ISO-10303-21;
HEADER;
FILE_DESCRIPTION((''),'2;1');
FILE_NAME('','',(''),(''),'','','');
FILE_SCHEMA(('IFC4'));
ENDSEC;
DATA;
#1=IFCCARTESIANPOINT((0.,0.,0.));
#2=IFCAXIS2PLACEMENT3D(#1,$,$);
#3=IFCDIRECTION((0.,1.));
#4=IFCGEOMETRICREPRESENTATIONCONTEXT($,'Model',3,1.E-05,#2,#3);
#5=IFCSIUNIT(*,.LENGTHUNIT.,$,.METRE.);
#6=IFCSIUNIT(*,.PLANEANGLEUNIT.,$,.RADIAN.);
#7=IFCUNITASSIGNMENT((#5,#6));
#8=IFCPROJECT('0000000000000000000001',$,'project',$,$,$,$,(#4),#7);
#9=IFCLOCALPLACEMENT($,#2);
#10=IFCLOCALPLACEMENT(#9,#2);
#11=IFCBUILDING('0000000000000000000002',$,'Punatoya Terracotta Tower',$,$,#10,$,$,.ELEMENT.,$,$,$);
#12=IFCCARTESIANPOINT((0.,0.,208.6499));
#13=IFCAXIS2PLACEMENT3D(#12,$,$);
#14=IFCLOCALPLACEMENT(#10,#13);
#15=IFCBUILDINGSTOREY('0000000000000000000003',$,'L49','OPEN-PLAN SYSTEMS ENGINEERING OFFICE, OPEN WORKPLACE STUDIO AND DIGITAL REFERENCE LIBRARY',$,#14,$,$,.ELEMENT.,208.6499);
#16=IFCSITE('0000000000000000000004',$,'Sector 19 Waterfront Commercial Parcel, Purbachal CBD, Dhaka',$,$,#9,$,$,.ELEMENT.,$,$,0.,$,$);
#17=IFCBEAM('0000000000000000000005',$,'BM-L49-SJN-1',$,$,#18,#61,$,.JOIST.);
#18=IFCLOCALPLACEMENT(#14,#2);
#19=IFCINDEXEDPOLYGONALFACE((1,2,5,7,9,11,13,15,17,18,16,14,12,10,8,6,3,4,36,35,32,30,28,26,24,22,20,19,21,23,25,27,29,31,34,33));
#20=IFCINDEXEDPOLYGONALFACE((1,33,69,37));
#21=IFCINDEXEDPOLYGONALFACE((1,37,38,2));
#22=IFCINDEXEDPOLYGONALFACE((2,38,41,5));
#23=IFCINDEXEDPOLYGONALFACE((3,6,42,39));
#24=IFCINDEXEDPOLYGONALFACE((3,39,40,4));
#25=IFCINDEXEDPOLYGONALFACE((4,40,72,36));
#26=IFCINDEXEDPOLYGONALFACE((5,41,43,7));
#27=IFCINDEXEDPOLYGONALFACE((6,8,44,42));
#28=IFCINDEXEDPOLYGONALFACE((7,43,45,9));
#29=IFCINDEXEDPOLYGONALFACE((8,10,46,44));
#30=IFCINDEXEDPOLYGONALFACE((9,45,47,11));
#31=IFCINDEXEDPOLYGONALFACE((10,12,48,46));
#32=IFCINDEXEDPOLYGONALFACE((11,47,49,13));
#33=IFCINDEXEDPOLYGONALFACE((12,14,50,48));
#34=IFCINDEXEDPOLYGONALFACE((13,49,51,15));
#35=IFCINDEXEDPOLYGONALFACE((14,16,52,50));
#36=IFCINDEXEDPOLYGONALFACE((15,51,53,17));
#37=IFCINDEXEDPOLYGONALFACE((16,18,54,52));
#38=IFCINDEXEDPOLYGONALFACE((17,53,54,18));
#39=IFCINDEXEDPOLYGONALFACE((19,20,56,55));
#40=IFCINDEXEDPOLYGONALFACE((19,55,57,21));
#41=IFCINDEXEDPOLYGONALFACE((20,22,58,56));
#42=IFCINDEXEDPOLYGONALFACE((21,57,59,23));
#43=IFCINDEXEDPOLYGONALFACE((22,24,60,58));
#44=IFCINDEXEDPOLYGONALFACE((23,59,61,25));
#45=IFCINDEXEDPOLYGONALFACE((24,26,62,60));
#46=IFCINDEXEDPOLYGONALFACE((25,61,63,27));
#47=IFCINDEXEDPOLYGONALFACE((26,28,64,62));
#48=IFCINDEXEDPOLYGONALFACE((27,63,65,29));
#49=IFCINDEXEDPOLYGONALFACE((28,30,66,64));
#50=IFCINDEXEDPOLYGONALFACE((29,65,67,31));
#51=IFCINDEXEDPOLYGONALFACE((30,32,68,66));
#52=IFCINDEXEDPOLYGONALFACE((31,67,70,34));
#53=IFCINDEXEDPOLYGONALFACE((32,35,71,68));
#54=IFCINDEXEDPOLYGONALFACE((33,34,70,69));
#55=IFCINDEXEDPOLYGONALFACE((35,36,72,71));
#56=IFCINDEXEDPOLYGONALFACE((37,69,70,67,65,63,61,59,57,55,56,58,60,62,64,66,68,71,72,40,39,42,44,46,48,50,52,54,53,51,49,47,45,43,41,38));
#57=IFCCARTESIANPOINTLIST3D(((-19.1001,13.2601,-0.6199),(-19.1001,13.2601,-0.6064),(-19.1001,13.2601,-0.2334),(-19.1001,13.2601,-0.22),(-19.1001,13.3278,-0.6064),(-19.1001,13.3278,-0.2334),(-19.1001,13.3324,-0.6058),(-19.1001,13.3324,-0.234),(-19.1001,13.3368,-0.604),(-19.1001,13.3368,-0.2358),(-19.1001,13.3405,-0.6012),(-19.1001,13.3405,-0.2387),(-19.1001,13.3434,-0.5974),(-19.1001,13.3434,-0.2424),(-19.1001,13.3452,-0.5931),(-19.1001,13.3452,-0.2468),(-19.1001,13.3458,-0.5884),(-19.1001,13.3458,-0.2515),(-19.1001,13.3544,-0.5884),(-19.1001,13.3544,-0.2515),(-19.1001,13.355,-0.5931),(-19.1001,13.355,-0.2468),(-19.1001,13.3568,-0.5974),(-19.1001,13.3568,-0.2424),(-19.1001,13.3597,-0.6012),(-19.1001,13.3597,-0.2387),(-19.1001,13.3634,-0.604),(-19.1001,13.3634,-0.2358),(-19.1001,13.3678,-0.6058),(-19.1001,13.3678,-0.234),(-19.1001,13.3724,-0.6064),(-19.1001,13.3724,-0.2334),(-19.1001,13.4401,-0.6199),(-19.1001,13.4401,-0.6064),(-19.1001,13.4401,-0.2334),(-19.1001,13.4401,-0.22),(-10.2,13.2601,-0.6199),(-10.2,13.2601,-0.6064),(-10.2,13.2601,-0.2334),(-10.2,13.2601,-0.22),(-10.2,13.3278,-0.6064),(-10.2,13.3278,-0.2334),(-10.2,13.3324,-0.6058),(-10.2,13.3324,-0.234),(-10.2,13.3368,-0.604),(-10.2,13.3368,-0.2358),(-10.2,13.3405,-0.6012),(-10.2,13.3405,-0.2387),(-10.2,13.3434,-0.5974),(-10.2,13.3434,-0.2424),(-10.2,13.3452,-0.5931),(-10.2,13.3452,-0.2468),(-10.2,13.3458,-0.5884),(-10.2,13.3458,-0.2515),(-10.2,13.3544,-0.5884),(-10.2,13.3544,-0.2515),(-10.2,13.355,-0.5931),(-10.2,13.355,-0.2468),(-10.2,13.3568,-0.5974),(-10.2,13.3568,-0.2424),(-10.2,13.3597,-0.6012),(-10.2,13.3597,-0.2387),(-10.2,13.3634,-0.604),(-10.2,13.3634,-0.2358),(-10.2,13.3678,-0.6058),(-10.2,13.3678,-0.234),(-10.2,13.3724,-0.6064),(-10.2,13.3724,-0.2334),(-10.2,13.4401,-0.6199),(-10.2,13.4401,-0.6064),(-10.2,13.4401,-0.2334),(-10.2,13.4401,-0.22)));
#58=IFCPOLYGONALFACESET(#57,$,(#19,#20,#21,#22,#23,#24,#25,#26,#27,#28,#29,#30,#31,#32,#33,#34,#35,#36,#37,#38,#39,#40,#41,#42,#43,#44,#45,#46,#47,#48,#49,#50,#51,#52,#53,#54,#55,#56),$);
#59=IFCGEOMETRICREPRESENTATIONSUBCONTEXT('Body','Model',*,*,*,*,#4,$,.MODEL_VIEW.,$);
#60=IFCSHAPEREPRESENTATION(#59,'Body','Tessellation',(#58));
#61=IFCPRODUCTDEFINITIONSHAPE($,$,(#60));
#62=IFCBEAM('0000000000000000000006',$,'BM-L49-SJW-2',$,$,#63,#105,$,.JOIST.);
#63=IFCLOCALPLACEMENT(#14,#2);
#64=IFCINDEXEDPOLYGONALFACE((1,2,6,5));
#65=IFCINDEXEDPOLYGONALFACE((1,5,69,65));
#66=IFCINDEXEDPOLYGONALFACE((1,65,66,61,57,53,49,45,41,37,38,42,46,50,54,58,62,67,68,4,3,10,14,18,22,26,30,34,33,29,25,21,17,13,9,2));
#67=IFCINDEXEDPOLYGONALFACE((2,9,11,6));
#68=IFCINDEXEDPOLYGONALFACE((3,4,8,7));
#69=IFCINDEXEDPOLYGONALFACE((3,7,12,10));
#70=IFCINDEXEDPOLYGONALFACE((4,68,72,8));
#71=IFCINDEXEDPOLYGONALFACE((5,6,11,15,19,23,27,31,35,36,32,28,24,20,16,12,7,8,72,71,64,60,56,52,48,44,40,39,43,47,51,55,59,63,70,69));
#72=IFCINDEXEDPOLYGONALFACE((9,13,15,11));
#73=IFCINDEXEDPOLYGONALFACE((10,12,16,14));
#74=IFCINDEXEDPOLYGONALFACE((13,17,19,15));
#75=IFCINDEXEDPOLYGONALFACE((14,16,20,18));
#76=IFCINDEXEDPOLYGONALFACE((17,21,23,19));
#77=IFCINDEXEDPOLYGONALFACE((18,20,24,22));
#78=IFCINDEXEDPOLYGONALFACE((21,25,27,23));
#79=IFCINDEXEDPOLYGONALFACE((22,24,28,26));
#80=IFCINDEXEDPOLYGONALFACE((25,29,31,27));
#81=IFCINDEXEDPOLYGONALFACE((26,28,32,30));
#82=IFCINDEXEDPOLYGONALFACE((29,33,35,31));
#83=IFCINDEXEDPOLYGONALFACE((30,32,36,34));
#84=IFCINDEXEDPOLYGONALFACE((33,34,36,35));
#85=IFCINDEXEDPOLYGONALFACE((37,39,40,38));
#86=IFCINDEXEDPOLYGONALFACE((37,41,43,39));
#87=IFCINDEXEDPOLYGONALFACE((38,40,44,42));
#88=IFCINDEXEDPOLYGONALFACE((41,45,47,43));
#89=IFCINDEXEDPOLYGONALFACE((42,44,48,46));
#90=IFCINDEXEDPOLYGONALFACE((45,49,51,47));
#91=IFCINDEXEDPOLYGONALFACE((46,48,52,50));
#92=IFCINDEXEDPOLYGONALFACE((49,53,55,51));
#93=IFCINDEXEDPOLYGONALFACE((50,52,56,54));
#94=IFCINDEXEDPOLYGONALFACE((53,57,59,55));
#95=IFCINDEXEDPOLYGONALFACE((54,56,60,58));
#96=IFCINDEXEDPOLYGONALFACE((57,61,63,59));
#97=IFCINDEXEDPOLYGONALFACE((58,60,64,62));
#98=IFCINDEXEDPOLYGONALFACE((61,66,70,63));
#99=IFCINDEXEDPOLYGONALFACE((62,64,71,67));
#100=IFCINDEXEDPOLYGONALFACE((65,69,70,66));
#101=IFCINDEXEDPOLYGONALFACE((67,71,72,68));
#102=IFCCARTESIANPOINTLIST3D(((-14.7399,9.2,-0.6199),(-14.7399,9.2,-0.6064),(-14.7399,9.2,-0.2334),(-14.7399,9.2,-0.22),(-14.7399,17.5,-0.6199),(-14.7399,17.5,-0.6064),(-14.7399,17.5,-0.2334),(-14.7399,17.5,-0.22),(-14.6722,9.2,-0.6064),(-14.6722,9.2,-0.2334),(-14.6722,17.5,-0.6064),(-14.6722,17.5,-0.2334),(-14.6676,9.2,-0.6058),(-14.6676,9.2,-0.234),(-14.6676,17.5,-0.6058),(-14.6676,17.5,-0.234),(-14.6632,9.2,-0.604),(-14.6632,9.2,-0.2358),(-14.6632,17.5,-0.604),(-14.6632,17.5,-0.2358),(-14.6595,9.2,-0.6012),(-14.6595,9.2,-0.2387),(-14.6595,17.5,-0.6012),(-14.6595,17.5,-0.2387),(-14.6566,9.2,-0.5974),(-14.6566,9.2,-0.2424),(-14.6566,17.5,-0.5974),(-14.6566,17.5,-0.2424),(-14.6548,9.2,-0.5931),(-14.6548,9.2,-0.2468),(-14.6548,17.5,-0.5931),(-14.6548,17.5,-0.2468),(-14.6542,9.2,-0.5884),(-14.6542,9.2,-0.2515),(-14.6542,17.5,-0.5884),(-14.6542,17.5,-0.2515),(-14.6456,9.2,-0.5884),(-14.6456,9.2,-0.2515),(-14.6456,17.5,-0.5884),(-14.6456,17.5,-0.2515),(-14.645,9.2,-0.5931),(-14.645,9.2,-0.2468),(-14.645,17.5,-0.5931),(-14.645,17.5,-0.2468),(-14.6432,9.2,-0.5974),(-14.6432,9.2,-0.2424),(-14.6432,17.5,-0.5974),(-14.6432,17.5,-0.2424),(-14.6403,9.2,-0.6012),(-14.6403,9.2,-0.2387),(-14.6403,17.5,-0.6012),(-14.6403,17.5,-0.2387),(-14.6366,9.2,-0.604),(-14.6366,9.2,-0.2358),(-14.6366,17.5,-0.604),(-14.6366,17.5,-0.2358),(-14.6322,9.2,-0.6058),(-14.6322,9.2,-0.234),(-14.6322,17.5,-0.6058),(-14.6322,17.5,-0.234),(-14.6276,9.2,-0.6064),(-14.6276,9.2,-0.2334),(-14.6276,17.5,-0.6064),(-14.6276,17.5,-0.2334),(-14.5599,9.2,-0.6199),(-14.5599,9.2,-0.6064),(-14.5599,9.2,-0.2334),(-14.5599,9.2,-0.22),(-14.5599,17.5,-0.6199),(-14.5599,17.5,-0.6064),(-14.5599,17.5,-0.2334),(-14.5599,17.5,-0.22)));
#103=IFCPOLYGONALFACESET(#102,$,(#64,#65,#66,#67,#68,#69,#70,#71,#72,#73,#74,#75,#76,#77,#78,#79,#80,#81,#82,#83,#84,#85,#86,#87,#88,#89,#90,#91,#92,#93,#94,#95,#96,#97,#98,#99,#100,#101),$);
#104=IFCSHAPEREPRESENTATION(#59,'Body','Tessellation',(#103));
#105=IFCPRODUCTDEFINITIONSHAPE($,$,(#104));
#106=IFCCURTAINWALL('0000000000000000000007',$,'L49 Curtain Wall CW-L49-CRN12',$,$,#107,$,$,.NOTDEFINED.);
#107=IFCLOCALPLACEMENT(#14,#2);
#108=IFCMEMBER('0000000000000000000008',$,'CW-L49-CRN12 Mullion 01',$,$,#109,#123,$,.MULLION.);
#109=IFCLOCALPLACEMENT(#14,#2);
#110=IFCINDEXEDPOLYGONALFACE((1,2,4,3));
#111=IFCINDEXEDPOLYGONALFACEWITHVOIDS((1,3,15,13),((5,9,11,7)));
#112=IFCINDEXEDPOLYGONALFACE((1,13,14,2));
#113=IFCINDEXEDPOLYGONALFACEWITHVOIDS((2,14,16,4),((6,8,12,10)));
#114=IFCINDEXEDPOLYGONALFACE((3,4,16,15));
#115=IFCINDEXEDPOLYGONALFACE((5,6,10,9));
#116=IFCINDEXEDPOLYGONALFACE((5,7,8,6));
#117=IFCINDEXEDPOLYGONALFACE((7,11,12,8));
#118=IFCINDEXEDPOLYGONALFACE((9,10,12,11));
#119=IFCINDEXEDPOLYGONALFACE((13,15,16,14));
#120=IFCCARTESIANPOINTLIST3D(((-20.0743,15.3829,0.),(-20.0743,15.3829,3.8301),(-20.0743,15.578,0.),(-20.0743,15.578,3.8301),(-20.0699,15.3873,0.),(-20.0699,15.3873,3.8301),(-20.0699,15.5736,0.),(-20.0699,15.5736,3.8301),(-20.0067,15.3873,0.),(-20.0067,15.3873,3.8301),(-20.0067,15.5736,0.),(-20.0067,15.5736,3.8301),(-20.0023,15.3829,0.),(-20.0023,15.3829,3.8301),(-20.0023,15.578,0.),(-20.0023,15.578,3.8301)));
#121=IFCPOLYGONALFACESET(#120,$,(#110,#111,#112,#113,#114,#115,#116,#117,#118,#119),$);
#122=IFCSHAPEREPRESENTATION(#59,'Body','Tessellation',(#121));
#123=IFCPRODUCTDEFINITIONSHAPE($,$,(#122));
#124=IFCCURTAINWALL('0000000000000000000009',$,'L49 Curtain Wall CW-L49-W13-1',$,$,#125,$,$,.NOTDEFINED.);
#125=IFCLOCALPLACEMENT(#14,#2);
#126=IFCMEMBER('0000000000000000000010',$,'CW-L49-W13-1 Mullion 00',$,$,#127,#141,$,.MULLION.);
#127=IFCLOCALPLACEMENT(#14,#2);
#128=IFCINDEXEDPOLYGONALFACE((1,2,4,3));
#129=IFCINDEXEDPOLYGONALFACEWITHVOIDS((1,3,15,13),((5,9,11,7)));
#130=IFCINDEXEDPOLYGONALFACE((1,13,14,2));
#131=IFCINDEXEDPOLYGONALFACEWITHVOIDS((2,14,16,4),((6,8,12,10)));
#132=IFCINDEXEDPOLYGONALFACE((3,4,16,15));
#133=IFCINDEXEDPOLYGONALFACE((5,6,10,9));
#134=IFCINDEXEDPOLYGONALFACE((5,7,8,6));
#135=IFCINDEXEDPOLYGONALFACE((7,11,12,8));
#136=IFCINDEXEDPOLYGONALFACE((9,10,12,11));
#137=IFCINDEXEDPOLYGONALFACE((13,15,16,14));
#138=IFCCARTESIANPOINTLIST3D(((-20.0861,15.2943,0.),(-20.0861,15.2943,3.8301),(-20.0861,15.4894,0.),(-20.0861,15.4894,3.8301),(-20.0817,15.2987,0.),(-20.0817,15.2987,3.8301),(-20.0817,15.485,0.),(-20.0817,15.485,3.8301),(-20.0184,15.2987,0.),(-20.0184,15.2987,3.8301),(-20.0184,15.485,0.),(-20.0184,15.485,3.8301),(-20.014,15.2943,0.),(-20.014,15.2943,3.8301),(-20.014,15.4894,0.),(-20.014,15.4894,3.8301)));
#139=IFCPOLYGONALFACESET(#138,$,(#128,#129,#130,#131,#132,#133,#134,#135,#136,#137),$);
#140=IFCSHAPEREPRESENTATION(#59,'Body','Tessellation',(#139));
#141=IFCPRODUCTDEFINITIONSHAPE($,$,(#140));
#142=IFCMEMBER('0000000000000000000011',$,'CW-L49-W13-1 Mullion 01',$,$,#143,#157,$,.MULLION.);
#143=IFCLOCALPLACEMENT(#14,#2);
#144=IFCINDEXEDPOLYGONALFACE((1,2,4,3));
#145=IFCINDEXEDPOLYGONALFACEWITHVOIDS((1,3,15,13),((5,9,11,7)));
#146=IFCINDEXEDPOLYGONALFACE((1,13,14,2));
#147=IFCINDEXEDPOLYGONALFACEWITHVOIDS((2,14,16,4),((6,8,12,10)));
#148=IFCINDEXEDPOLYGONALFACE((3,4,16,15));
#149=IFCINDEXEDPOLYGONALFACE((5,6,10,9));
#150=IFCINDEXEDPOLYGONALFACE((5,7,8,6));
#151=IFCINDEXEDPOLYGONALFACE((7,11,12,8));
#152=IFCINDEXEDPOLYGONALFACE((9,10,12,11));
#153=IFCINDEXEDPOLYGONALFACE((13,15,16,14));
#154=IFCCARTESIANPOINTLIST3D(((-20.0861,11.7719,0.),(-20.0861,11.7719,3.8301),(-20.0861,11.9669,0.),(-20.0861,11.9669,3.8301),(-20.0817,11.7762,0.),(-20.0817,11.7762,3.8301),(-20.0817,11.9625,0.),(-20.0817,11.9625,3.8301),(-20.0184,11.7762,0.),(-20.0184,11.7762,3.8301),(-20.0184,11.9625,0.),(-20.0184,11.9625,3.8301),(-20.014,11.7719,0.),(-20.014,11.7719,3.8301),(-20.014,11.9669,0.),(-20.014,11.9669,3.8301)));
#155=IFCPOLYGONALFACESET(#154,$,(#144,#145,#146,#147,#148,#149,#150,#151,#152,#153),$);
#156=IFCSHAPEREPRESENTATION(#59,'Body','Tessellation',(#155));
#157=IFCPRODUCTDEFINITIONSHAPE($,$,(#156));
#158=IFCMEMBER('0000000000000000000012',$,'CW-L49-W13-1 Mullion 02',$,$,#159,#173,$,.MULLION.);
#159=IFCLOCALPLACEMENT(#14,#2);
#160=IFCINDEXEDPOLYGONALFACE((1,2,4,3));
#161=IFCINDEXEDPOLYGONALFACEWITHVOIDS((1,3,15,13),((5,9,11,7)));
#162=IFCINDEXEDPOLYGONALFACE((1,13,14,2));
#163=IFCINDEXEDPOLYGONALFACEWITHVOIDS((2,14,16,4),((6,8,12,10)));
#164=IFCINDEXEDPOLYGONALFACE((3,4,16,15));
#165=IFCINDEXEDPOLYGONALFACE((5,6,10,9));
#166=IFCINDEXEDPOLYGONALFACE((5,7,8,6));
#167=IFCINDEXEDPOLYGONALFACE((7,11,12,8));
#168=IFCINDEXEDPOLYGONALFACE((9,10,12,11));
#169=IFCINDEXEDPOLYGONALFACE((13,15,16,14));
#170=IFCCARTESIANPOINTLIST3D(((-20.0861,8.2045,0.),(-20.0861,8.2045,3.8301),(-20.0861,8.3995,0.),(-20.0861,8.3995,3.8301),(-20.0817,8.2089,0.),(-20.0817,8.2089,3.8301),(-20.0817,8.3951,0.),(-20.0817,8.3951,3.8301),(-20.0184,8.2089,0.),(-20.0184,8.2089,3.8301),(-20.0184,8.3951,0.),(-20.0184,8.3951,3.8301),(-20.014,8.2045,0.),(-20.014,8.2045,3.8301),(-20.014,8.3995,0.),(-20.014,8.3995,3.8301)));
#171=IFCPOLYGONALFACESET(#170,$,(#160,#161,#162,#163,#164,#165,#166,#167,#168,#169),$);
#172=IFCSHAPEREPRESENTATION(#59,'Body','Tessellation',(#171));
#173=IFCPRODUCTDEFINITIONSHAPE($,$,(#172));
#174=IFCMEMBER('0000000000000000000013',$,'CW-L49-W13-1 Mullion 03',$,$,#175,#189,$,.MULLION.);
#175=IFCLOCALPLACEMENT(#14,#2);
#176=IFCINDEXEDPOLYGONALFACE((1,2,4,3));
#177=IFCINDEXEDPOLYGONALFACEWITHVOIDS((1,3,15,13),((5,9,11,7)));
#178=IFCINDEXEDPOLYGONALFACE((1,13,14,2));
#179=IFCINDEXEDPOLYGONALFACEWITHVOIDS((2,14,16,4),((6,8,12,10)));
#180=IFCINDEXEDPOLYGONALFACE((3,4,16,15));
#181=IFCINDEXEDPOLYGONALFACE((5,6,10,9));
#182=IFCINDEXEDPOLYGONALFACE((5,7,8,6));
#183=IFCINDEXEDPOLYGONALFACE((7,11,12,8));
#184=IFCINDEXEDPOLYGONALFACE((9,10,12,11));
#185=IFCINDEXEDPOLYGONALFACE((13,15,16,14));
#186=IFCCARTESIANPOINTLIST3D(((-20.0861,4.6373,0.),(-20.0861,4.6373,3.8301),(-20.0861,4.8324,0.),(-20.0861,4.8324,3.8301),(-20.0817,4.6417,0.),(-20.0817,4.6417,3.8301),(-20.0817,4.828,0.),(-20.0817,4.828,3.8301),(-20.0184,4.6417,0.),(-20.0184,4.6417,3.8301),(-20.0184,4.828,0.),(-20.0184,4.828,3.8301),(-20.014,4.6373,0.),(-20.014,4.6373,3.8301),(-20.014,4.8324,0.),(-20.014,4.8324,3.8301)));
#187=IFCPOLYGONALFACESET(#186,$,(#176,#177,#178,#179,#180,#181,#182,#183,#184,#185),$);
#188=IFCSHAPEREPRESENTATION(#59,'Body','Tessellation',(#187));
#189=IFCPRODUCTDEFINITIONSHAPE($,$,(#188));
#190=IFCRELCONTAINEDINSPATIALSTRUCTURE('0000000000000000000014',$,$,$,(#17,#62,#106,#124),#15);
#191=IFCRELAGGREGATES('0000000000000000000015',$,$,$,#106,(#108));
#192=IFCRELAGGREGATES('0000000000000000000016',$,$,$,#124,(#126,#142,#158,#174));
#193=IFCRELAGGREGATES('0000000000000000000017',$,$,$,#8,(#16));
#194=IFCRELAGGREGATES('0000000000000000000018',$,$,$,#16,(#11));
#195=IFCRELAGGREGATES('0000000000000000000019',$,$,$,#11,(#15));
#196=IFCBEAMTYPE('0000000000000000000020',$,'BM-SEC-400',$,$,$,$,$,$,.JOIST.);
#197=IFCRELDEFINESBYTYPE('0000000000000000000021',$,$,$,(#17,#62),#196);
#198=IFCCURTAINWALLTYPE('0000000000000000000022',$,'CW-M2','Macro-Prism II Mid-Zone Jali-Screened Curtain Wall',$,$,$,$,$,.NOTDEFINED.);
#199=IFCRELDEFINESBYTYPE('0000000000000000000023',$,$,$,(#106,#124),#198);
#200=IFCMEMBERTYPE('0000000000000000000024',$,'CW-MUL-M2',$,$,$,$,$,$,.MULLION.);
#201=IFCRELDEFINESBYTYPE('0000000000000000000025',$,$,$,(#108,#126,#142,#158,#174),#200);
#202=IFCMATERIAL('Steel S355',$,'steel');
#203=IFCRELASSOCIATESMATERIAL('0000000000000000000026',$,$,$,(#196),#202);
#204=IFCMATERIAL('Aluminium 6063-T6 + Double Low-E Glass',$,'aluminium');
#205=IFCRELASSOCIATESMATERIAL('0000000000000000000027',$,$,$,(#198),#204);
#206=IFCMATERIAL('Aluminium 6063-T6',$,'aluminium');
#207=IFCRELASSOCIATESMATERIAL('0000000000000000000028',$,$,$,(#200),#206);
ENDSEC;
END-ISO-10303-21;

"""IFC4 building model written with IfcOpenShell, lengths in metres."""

from ifc_helpers import new_model, si_unit, direction, frame, origin, origin_2d, place, context, subcontext, project, spatial, hollow_rectangle, i_section, extrude, material, material_profile, profile_set, type_object, element, aggregate, save


model = new_model("IFC4")

# Units and contexts
model_context = context("Model", 3, precision=1e-05, world=origin(), true_north=direction((0.0, 1.0)))
body_context = subcontext(model_context, "Body", "Model", "MODEL_VIEW")
ifc_project = project(units=[si_unit("LENGTHUNIT", "METRE"), si_unit("PLANEANGLEUNIT", "RADIAN")], contexts=[model_context])

# Site, building, storey
site_placement = place(None, origin())
site = spatial("IfcSite", under=ifc_project, at=site_placement, Name="Sector 19 Waterfront Commercial Parcel, Purbachal CBD, Dhaka", CompositionType="ELEMENT", RefElevation=0.0)
building_placement = place(site_placement, origin())
building = spatial("IfcBuilding", under=site, at=building_placement, Name="Punatoya Terracotta Tower", CompositionType="ELEMENT")
storey_placement = place(building_placement, frame((0.0, 0.0, 208.6499)))
storey = spatial("IfcBuildingStorey", under=building, at=storey_placement, Name="L49", Description="OPEN-PLAN SYSTEMS ENGINEERING OFFICE, OPEN WORKPLACE STUDIO AND DIGITAL REFERENCE LIBRARY", CompositionType="ELEMENT", Elevation=208.6499)

# Beams
ifc_material_1 = material(Name="Steel S355", Category="steel")
ifc_material_profile_1 = material_profile(ifc_material_1, i_section(OverallWidth=0.1799, OverallDepth=0.3999, WebThickness=0.0085, FlangeThickness=0.0134, FilletRadius=0.0181, at=origin_2d()))
ifc_profile_set_1 = profile_set([ifc_material_profile_1], Name="Steel S355")
beam_type_1 = type_object("IfcBeamType", Name="BM-SEC-400", PredefinedType="JOIST", material=ifc_profile_set_1)
beam_1_placement = place(storey_placement, frame((-19.1001, 13.3501, -0.4199), z_axis=(1.0, 0.0, 0.0), x_axis=(0.0, 1.0, 0.0)))
element("IfcBeam", 1, at=beam_1_placement, inside=storey, type_object=beam_type_1, Name="BM-L49-SJN-1", PredefinedType="JOIST", context=body_context, shape_type="SweptSolid", body=[
    extrude(i_section(OverallWidth=0.1799, OverallDepth=0.3999, WebThickness=0.0085, FlangeThickness=0.0134, FilletRadius=0.0181, at=origin_2d()), origin(), (0.0, 0.0, 1.0), 8.9001),
])
beam_2_placement = place(storey_placement, frame((-14.6499, 9.2, -0.4199), z_axis=(0.0, 1.0, 0.0), x_axis=(-1.0, 0.0, 0.0)))
element("IfcBeam", 2, at=beam_2_placement, inside=storey, type_object=beam_type_1, Name="BM-L49-SJW-2", PredefinedType="JOIST", context=body_context, shape_type="SweptSolid", body=[
    extrude(i_section(OverallWidth=0.1799, OverallDepth=0.3999, WebThickness=0.0085, FlangeThickness=0.0134, FilletRadius=0.0181, at=origin_2d()), origin(), (0.0, 0.0, 1.0), 8.3),
])

# Curtain wall, member
ifc_material_2 = material(Name="Aluminium 6063-T6 + Double Low-E Glass", Category="aluminium")
curtain_wall_type = type_object("IfcCurtainWallType", Name="CW-M2", Description="Macro-Prism II Mid-Zone Jali-Screened Curtain Wall", PredefinedType="NOTDEFINED", material=ifc_material_2)
curtain_wall_1_placement = place(storey_placement, origin())
curtain_wall_1 = element("IfcCurtainWall", 3, at=curtain_wall_1_placement, inside=storey, type_object=curtain_wall_type, Name="L49 Curtain Wall CW-L49-CRN12", PredefinedType="NOTDEFINED")
ifc_material_3 = material(Name="Aluminium 6063-T6", Category="aluminium")
ifc_material_profile_2 = material_profile(ifc_material_3, hollow_rectangle(XDim=0.072, YDim=0.1951, WallThickness=0.0044, at=origin_2d()))
ifc_profile_set_2 = profile_set([ifc_material_profile_2], Name="Aluminium 6063-T6")
member_type_1 = type_object("IfcMemberType", Name="CW-MUL-M2", PredefinedType="MULLION", material=ifc_profile_set_2)
member_1_placement = place(storey_placement, frame((-20.0383, 15.4805, 0.0), z_axis=(0.0, 0.0, 1.0), x_axis=(1.0, 0.0, 0.0)))
member_1 = element("IfcMember", 4, at=member_1_placement, type_object=member_type_1, Name="CW-L49-CRN12 Mullion 01", PredefinedType="MULLION", context=body_context, shape_type="SweptSolid", body=[
    extrude(hollow_rectangle(XDim=0.072, YDim=0.1951, WallThickness=0.0044, at=origin_2d()), origin(), (0.0, 0.0, 1.0), 3.8301),
])
aggregate(curtain_wall_1, [member_1])

# Curtain wall, members
curtain_wall_2_placement = place(storey_placement, origin())
curtain_wall_2 = element("IfcCurtainWall", 5, at=curtain_wall_2_placement, inside=storey, type_object=curtain_wall_type, Name="L49 Curtain Wall CW-L49-W13-1", PredefinedType="NOTDEFINED")
member_2_placement = place(storey_placement, frame((-20.05, 15.3918, 0.0), z_axis=(0.0, 0.0, 1.0), x_axis=(1.0, 0.0, 0.0)))
member_2 = element("IfcMember", 6, at=member_2_placement, type_object=member_type_1, Name="CW-L49-W13-1 Mullion 00", PredefinedType="MULLION", context=body_context, shape_type="SweptSolid", body=[
    extrude(hollow_rectangle(XDim=0.072, YDim=0.1951, WallThickness=0.0044, at=origin_2d()), origin(), (0.0, 0.0, 1.0), 3.8301),
])
member_3_placement = place(storey_placement, frame((-20.05, 11.8694, 0.0), z_axis=(0.0, 0.0, 1.0), x_axis=(1.0, 0.0, 0.0)))
member_3 = element("IfcMember", 7, at=member_3_placement, type_object=member_type_1, Name="CW-L49-W13-1 Mullion 01", PredefinedType="MULLION", context=body_context, shape_type="SweptSolid", body=[
    extrude(hollow_rectangle(XDim=0.072, YDim=0.1951, WallThickness=0.0044, at=origin_2d()), origin(), (0.0, 0.0, 1.0), 3.8301),
])
member_4_placement = place(storey_placement, frame((-20.05, 8.302, 0.0), z_axis=(0.0, 0.0, 1.0), x_axis=(1.0, 0.0, 0.0)))
member_4 = element("IfcMember", 8, at=member_4_placement, type_object=member_type_1, Name="CW-L49-W13-1 Mullion 02", PredefinedType="MULLION", context=body_context, shape_type="SweptSolid", body=[
    extrude(hollow_rectangle(XDim=0.072, YDim=0.1951, WallThickness=0.0044, at=origin_2d()), origin(), (0.0, 0.0, 1.0), 3.8301),
])
member_5_placement = place(storey_placement, frame((-20.05, 4.7349, 0.0), z_axis=(0.0, 0.0, 1.0), x_axis=(1.0, 0.0, 0.0)))
member_5 = element("IfcMember", 9, at=member_5_placement, type_object=member_type_1, Name="CW-L49-W13-1 Mullion 03", PredefinedType="MULLION", context=body_context, shape_type="SweptSolid", body=[
    extrude(hollow_rectangle(XDim=0.072, YDim=0.1951, WallThickness=0.0044, at=origin_2d()), origin(), (0.0, 0.0, 1.0), 3.8301),
])
aggregate(curtain_wall_2, [member_2, member_3, member_4, member_5])

save(model, "model.ifc")
